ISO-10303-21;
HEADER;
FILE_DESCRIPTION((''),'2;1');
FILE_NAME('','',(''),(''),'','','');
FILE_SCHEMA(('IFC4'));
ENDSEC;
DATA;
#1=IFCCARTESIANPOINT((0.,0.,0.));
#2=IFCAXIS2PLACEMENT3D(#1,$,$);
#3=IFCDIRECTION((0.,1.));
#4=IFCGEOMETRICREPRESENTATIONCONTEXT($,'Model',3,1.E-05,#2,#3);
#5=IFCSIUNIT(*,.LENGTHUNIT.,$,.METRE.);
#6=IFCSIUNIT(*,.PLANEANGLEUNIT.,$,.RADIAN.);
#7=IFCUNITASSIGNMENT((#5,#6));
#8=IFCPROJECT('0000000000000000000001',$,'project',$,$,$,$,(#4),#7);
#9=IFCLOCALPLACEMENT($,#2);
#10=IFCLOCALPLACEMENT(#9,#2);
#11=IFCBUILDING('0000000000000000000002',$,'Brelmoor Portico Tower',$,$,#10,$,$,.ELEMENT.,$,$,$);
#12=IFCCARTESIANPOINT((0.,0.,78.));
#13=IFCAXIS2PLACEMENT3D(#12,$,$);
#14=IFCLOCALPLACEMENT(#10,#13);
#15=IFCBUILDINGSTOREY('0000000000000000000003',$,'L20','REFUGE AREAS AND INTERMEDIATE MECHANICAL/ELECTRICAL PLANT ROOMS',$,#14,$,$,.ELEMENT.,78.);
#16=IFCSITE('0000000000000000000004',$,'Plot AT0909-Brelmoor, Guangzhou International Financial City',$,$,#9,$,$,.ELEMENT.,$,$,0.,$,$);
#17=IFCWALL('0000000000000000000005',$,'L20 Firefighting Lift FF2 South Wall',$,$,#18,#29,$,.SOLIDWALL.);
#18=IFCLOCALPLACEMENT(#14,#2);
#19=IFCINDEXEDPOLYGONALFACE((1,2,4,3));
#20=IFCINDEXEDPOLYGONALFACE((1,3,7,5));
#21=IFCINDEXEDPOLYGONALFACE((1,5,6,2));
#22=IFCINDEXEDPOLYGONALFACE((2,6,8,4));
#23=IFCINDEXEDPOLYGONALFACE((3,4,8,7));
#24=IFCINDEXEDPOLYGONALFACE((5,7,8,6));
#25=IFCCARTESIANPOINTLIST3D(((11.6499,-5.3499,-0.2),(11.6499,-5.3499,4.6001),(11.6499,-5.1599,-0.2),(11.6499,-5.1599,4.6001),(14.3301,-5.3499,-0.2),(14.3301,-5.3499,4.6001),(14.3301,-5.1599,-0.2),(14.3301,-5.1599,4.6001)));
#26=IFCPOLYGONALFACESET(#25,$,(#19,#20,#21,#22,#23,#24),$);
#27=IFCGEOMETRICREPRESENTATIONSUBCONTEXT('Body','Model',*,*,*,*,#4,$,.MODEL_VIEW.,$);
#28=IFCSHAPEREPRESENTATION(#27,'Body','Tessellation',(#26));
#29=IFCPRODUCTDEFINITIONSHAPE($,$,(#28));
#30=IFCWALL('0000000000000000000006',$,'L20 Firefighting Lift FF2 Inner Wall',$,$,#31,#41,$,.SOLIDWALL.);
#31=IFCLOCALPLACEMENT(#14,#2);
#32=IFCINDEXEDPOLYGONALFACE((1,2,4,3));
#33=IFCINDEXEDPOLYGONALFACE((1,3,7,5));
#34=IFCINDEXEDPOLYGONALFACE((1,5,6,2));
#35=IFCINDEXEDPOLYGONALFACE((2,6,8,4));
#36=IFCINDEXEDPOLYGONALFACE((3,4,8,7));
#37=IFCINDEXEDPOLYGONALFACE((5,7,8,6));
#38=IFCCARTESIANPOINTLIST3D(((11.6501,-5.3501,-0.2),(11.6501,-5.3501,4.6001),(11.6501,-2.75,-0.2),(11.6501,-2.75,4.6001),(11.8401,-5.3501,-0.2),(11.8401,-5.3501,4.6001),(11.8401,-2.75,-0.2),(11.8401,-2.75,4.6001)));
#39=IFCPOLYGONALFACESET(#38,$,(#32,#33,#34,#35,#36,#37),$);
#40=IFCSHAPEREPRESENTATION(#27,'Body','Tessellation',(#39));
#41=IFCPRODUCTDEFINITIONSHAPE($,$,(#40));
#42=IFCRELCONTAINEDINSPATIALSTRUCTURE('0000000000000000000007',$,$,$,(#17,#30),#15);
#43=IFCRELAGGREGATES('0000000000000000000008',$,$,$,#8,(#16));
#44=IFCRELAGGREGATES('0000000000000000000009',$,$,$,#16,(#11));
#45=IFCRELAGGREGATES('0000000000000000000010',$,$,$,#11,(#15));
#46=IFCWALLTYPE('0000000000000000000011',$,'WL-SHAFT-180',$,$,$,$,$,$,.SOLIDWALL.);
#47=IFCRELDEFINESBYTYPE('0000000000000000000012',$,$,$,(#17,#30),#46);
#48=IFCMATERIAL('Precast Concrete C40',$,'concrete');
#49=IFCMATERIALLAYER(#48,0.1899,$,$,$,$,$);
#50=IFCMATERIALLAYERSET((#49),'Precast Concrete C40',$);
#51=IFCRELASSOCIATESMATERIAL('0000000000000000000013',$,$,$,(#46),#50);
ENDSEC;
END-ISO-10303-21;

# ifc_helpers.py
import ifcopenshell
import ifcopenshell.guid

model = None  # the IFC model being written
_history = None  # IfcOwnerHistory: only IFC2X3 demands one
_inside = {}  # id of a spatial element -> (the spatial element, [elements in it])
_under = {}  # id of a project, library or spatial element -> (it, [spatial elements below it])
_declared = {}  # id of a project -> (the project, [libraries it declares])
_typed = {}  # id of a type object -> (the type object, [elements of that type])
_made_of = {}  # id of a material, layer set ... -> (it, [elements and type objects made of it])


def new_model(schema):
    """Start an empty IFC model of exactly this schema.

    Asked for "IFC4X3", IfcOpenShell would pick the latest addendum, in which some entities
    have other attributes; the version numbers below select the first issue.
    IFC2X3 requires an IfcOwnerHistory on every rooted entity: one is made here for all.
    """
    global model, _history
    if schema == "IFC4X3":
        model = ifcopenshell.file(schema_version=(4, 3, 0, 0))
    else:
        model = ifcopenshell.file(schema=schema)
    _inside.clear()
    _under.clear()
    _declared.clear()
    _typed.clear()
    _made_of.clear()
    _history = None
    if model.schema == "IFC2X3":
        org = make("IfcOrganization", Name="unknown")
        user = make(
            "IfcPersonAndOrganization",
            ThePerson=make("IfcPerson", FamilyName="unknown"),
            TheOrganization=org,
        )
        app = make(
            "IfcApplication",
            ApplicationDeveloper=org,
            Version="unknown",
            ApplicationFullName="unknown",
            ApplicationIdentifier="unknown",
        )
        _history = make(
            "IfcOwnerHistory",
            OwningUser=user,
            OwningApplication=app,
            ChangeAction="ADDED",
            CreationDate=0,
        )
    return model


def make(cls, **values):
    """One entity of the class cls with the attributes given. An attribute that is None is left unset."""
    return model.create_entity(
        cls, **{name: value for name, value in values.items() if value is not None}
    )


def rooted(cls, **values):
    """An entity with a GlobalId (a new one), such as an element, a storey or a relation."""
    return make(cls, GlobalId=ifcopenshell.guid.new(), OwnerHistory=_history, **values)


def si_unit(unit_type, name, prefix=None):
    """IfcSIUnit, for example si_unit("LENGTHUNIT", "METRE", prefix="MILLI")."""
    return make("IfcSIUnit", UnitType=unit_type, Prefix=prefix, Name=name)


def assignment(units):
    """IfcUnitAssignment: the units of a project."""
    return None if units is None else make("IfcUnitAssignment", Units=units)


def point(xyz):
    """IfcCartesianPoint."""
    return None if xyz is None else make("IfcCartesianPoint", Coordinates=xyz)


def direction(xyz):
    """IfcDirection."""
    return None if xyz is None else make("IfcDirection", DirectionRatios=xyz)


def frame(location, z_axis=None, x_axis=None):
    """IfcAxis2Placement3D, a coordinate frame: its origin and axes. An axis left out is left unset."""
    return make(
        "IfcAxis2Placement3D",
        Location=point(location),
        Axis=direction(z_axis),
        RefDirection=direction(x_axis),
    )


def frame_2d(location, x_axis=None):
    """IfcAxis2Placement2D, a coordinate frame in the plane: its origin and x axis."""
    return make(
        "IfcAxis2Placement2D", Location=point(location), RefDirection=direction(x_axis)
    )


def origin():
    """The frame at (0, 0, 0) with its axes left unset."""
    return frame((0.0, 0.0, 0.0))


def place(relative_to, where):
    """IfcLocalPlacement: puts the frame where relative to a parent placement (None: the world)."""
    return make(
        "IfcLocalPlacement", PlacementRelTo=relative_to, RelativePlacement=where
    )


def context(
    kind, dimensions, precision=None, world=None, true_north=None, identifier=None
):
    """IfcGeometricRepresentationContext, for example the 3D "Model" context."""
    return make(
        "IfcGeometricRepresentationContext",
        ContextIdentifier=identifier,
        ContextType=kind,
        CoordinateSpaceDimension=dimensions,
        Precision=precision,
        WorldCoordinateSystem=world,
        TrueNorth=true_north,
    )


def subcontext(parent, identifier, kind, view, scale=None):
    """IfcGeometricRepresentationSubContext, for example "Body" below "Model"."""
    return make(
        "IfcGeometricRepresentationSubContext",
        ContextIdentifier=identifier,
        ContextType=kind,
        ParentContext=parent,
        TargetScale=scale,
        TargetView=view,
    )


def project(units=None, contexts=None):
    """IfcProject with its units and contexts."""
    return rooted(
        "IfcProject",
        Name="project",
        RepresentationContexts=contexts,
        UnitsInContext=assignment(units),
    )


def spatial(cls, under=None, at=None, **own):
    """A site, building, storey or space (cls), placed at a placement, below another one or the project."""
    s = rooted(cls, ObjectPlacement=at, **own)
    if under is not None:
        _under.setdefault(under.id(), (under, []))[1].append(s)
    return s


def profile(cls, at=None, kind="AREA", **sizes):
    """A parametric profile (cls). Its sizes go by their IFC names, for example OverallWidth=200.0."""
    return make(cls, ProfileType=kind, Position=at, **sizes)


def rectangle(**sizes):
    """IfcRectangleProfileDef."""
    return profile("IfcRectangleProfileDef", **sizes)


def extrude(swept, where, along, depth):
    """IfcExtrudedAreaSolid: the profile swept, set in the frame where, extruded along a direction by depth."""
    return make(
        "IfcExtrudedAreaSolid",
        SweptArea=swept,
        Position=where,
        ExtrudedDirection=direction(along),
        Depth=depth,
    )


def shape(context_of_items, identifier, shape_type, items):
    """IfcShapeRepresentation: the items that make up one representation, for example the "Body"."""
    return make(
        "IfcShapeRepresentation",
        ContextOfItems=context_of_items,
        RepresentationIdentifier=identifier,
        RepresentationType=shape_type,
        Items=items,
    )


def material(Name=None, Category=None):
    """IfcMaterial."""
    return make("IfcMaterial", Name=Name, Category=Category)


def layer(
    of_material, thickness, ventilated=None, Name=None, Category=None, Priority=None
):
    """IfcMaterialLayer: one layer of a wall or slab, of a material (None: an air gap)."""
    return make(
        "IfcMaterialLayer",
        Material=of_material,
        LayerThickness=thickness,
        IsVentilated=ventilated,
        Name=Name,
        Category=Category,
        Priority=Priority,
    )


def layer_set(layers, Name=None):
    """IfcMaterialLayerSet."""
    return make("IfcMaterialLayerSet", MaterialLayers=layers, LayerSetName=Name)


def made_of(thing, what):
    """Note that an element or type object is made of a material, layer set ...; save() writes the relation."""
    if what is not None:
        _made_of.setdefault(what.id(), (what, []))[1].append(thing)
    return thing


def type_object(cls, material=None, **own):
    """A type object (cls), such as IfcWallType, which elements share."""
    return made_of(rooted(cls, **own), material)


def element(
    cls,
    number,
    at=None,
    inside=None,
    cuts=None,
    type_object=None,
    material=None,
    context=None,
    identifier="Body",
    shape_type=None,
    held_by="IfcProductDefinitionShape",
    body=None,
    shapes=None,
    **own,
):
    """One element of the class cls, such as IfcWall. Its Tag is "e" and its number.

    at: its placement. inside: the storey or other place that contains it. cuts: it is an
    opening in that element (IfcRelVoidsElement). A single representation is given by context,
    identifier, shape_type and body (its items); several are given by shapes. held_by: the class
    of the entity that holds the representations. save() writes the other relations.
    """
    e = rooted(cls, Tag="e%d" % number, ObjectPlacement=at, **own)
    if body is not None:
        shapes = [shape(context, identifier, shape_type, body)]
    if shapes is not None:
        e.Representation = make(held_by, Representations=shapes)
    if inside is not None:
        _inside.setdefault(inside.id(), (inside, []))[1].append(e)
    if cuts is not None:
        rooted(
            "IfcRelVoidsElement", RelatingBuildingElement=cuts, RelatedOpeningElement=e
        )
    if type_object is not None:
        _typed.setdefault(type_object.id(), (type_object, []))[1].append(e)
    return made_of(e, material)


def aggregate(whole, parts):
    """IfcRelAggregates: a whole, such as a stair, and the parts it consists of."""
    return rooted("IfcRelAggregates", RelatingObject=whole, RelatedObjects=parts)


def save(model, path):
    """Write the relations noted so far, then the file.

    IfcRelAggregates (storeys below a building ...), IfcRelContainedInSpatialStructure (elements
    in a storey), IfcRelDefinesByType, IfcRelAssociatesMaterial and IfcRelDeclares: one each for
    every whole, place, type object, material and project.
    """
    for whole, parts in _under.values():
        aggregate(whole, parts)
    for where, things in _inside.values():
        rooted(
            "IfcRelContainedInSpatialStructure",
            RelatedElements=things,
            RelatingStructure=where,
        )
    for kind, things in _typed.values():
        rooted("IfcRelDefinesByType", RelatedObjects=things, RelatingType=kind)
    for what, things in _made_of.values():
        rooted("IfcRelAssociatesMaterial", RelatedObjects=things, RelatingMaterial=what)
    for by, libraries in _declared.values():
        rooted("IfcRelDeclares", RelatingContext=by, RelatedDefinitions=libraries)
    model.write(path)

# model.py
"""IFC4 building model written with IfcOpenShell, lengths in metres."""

from ifc_helpers import new_model, si_unit, direction, frame, frame_2d, origin, place, context, subcontext, project, spatial, rectangle, extrude, material, layer, layer_set, type_object, element, save


model = new_model("IFC4")

# Units and contexts
model_context = context("Model", 3, precision=1e-05, world=origin(), true_north=direction((0.0, 1.0)))
body_context = subcontext(model_context, "Body", "Model", "MODEL_VIEW")
ifc_project = project(units=[si_unit("LENGTHUNIT", "METRE"), si_unit("PLANEANGLEUNIT", "RADIAN")], contexts=[model_context])

# Site, building, storey
site_placement = place(None, origin())
site = spatial("IfcSite", under=ifc_project, at=site_placement, Name="Plot AT0909-Brelmoor, Guangzhou International Financial City", CompositionType="ELEMENT", RefElevation=0.0)
building_placement = place(site_placement, origin())
building = spatial("IfcBuilding", under=site, at=building_placement, Name="Brelmoor Portico Tower", CompositionType="ELEMENT")
storey_placement = place(building_placement, frame((0.0, 0.0, 78.0)))
storey = spatial("IfcBuildingStorey", under=building, at=storey_placement, Name="L20", Description="REFUGE AREAS AND INTERMEDIATE MECHANICAL/ELECTRICAL PLANT ROOMS", CompositionType="ELEMENT", Elevation=78.0)

# Shared definitions
ifc_material_1 = material(Name="Precast Concrete C40", Category="concrete")
ifc_layer_1 = layer(ifc_material_1, 0.1899)
ifc_layer_set_1 = layer_set([ifc_layer_1], Name="Precast Concrete C40")
wall_type_1 = type_object("IfcWallType", Name="WL-SHAFT-180", PredefinedType="SOLIDWALL", material=ifc_layer_set_1)

# Walls
wall_1_placement = place(storey_placement, frame((11.6499, -5.2549, -0.2), z_axis=(0.0, 0.0, 1.0), x_axis=(1.0, 0.0, 0.0)))
element("IfcWall", 1, at=wall_1_placement, inside=storey, type_object=wall_type_1, Name="L20 Firefighting Lift FF2 South Wall", PredefinedType="SOLIDWALL", context=body_context, shape_type="SweptSolid", body=[
    extrude(rectangle(XDim=2.6802, YDim=0.1899, at=frame_2d((1.3401, 0.0))), origin(), (0.0, 0.0, 1.0), 4.8),
])
wall_2_placement = place(storey_placement, frame((11.7451, -5.3501, -0.2), z_axis=(0.0, 0.0, 1.0), x_axis=(0.0, 1.0, 0.0)))
element("IfcWall", 2, at=wall_2_placement, inside=storey, type_object=wall_type_1, Name="L20 Firefighting Lift FF2 Inner Wall", PredefinedType="SOLIDWALL", context=body_context, shape_type="SweptSolid", body=[
    extrude(rectangle(XDim=2.6001, YDim=0.1899, at=frame_2d((1.3, 0.0))), origin(), (0.0, 0.0, 1.0), 4.8),
])

save(model, "model.ifc")
